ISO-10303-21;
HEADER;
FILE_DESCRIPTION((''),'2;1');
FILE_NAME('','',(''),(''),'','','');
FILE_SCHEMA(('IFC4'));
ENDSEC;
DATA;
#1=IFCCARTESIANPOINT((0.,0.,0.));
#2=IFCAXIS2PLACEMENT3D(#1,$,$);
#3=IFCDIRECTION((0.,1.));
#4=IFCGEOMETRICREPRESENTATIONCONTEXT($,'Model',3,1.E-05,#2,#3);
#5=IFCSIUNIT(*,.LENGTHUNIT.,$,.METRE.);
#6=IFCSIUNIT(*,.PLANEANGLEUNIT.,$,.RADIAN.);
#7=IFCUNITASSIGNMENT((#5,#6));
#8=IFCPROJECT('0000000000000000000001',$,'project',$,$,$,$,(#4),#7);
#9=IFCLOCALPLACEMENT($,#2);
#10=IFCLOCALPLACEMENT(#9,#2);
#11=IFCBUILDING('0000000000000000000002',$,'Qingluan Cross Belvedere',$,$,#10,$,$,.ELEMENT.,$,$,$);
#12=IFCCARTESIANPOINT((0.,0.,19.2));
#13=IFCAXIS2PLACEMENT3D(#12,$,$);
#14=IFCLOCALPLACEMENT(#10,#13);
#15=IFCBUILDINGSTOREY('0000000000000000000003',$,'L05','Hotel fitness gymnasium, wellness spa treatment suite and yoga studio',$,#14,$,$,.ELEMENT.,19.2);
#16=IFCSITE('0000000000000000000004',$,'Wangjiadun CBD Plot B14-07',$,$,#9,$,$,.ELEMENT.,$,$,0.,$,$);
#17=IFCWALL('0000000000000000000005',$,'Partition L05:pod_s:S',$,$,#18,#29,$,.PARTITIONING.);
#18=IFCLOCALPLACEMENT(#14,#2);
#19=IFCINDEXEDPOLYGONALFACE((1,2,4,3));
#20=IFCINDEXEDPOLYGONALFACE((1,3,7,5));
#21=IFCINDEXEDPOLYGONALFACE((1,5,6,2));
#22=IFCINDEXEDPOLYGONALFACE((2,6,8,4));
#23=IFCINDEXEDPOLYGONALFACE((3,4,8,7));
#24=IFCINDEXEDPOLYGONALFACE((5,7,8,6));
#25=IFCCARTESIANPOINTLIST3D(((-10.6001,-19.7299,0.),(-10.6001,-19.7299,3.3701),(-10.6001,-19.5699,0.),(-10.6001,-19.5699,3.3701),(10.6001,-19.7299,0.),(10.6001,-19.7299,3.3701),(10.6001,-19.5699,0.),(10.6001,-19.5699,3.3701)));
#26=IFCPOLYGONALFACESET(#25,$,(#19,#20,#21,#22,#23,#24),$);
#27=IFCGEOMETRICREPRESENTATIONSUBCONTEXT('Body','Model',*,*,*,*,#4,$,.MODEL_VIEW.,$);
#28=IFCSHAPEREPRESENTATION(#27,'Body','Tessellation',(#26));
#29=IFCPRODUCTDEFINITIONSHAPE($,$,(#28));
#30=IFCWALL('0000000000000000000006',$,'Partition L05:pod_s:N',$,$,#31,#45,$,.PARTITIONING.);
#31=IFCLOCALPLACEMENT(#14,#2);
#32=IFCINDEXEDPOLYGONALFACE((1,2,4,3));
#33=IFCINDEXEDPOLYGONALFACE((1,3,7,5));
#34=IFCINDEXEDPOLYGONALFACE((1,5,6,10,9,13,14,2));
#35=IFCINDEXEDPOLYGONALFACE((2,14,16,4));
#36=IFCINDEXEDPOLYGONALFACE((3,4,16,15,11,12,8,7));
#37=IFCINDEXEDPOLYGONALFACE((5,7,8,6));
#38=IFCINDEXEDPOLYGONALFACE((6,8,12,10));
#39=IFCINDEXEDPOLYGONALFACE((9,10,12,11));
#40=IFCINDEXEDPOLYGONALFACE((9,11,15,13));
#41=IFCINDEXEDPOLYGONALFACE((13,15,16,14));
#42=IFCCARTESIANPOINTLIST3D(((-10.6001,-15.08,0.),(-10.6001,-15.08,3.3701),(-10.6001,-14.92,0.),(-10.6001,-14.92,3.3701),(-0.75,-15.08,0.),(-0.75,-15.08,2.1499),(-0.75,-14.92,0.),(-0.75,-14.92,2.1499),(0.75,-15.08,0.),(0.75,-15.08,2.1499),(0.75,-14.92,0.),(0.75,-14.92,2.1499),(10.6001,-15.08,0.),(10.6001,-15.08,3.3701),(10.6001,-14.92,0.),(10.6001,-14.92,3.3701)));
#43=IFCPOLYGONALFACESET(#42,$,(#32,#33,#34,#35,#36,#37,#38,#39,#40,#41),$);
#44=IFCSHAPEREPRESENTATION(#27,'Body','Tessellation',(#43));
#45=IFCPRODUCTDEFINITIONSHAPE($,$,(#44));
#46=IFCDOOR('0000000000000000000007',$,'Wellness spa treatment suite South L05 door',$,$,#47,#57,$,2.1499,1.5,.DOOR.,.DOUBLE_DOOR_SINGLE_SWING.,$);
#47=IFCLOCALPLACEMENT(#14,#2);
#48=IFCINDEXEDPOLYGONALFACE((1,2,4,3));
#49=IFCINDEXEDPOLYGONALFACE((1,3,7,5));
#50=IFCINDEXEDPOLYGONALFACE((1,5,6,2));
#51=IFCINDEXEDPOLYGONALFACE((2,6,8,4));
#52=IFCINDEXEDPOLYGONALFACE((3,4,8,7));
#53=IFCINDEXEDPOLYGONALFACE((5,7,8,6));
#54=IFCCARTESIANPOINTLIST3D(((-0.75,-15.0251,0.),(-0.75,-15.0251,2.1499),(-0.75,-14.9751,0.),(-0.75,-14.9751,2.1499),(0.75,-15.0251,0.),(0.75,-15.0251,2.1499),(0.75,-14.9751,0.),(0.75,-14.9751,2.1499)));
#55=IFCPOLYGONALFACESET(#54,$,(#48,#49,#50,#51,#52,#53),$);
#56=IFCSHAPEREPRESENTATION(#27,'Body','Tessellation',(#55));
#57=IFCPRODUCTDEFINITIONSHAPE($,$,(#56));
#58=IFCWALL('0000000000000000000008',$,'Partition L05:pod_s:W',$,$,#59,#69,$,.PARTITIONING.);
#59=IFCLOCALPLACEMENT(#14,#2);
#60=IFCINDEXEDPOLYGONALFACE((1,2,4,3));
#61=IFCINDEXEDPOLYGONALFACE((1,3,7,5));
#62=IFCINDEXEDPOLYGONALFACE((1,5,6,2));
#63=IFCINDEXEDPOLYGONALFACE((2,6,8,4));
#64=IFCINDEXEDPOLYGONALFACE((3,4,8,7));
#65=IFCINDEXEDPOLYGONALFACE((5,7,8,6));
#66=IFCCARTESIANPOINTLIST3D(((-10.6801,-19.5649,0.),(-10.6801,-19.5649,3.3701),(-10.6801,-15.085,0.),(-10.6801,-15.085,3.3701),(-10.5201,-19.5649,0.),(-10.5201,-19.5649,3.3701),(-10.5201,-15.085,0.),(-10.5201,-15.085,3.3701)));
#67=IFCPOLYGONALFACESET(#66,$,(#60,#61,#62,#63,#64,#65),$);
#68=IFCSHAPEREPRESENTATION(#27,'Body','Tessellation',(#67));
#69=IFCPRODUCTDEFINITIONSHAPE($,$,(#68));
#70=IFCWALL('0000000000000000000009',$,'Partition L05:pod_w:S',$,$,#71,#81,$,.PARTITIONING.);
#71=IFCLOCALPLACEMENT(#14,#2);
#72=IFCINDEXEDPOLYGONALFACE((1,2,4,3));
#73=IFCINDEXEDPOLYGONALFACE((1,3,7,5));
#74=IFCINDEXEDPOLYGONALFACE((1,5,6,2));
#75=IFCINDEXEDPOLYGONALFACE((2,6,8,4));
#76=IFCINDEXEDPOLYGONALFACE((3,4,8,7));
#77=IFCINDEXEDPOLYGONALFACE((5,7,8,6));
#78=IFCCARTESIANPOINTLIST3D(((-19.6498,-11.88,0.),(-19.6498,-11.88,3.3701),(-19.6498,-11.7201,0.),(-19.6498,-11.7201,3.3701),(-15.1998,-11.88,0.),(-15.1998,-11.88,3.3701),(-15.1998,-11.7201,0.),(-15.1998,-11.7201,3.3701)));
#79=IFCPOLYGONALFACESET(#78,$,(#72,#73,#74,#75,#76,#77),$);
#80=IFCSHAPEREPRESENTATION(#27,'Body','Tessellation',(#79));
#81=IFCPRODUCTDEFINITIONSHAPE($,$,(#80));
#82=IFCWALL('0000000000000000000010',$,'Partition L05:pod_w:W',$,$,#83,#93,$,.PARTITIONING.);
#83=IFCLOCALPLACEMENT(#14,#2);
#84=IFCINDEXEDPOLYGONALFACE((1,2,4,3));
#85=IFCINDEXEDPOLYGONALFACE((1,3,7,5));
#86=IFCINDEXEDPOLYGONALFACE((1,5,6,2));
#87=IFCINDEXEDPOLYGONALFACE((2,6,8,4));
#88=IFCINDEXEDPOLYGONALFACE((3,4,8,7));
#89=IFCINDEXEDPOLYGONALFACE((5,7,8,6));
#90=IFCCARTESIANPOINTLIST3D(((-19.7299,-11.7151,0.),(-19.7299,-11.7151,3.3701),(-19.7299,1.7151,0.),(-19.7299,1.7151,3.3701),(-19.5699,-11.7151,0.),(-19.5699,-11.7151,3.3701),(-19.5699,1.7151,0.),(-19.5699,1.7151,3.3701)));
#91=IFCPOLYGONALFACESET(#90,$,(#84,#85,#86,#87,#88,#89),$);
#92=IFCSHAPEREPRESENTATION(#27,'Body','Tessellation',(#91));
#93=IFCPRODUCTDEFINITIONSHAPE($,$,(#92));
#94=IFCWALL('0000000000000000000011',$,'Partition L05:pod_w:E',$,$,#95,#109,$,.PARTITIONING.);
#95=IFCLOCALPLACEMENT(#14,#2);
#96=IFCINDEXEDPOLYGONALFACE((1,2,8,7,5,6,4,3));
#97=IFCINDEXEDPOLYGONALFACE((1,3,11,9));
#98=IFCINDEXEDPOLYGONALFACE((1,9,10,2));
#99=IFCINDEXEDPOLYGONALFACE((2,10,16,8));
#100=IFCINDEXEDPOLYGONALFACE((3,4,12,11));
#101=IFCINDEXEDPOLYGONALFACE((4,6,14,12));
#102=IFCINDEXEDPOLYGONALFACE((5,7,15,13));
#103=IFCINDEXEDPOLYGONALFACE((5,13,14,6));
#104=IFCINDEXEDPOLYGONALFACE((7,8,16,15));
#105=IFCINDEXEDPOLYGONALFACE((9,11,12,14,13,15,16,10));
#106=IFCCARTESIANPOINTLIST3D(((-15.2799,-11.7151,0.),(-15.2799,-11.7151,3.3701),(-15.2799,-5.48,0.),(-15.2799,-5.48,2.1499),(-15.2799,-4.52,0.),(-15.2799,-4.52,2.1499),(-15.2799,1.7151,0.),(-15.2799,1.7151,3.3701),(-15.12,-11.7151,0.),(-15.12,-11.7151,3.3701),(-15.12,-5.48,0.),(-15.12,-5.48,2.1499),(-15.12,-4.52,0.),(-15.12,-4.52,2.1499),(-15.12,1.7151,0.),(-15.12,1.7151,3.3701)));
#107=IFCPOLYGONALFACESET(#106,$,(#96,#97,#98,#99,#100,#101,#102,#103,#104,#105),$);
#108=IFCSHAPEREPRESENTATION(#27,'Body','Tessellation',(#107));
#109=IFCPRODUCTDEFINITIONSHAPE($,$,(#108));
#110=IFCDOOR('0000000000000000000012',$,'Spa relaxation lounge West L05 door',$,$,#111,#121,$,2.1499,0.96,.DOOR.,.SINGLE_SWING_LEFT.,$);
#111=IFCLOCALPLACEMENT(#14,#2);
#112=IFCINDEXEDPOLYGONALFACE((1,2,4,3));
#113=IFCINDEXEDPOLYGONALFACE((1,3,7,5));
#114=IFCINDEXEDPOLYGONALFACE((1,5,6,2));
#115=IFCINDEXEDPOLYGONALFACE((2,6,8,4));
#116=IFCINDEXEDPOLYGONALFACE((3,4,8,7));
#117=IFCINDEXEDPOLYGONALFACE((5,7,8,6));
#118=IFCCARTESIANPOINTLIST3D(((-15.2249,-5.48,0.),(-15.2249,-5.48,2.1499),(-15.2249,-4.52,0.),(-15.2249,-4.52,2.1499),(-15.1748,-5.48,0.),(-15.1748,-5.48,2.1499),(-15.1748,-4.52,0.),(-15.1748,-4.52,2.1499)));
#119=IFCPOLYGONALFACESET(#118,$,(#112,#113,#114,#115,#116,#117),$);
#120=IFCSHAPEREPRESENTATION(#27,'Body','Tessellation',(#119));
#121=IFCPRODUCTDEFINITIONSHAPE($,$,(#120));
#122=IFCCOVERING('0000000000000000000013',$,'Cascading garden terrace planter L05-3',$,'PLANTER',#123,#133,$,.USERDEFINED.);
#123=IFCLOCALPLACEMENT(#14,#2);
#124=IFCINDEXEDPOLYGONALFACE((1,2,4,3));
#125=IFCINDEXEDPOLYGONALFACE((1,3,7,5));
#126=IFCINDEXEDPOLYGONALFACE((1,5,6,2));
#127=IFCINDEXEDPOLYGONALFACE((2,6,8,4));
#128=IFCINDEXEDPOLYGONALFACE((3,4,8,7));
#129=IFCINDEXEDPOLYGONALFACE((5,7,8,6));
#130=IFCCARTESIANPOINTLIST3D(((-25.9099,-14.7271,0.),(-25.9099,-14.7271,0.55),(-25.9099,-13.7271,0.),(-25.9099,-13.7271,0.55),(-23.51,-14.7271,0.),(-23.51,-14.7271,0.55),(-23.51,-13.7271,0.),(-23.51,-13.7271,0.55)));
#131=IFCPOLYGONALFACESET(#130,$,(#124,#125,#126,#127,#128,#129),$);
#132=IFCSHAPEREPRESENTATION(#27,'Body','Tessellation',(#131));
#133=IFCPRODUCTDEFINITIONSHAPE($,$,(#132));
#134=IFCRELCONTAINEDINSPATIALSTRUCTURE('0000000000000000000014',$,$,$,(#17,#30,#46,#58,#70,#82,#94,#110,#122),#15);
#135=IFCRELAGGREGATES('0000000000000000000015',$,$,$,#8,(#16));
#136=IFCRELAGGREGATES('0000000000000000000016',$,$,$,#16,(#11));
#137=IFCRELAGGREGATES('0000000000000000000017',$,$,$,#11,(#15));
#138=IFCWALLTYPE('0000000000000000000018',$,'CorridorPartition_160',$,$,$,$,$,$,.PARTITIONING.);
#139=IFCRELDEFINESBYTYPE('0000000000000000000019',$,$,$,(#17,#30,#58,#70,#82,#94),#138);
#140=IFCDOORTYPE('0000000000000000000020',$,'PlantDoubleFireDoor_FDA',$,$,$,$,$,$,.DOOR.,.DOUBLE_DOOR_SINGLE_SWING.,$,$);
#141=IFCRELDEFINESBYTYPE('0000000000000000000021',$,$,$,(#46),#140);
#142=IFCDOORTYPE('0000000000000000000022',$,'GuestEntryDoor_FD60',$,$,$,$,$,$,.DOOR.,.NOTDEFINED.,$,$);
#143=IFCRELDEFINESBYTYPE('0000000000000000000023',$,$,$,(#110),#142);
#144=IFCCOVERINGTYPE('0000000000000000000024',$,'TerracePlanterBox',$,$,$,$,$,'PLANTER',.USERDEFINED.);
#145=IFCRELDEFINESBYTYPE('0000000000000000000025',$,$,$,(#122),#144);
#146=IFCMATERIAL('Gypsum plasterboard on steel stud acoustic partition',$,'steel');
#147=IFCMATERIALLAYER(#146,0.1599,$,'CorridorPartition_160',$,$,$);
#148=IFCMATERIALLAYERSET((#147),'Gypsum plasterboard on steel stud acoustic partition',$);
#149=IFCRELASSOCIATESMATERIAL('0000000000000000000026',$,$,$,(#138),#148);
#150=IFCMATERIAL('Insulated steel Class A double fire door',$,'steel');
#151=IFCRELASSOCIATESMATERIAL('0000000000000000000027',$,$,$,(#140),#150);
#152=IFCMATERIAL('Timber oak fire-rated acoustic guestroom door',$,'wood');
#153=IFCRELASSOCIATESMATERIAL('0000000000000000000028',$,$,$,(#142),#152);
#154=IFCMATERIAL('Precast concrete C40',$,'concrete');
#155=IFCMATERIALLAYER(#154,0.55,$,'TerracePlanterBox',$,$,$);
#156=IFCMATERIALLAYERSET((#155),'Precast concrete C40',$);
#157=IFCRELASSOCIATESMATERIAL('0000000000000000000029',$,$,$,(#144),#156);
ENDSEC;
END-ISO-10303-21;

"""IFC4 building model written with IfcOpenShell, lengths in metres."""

from ifc_helpers import new_model, si_unit, direction, frame, frame_2d, origin, origin_2d, place, context, subcontext, project, spatial, rectangle, extrude, material, layer, layer_set, type_object, element, fill, save


model = new_model("IFC4")

# Units and contexts
model_context = context("Model", 3, precision=1e-05, world=origin(), true_north=direction((0.0, 1.0)))
body_context = subcontext(model_context, "Body", "Model", "MODEL_VIEW")
ifc_project = project(units=[si_unit("LENGTHUNIT", "METRE"), si_unit("PLANEANGLEUNIT", "RADIAN")], contexts=[model_context])

# Site, building, storey
site_placement = place(None, origin())
site = spatial("IfcSite", under=ifc_project, at=site_placement, Name="Wangjiadun CBD Plot B14-07", CompositionType="ELEMENT", RefElevation=0.0)
building_placement = place(site_placement, origin())
building = spatial("IfcBuilding", under=site, at=building_placement, Name="Qingluan Cross Belvedere", CompositionType="ELEMENT")
storey_placement = place(building_placement, frame((0.0, 0.0, 19.2)))
storey = spatial("IfcBuildingStorey", under=building, at=storey_placement, Name="L05", Description="Hotel fitness gymnasium, wellness spa treatment suite and yoga studio", CompositionType="ELEMENT", Elevation=19.2)

# Wall
ifc_material_1 = material(Name="Gypsum plasterboard on steel stud acoustic partition", Category="steel")
ifc_layer_1 = layer(ifc_material_1, 0.1599, Name="CorridorPartition_160")
ifc_layer_set_1 = layer_set([ifc_layer_1], Name="Gypsum plasterboard on steel stud acoustic partition")
wall_type = type_object("IfcWallType", Name="CorridorPartition_160", PredefinedType="PARTITIONING", material=ifc_layer_set_1)
wall_1_placement = place(storey_placement, frame((-10.6001, -19.6499, 0.0), z_axis=(0.0, 0.0, 1.0), x_axis=(1.0, 0.0, 0.0)))
element("IfcWall", 1, at=wall_1_placement, inside=storey, type_object=wall_type, Name="Partition L05:pod_s:S", PredefinedType="PARTITIONING", context=body_context, shape_type="SweptSolid", body=[
    extrude(rectangle(XDim=21.2002, YDim=0.1599, at=frame_2d((10.6001, 0.0))), origin(), (0.0, 0.0, 1.0), 3.3701),
])

# Wall, opening, door
wall_2_placement = place(storey_placement, frame((-10.6001, -15.0, 0.0), z_axis=(0.0, 0.0, 1.0), x_axis=(1.0, 0.0, 0.0)))
wall_2 = element("IfcWall", 2, at=wall_2_placement, inside=storey, type_object=wall_type, Name="Partition L05:pod_s:N", PredefinedType="PARTITIONING", context=body_context, shape_type="SweptSolid", body=[
    extrude(rectangle(XDim=21.2002, YDim=0.1599, at=frame_2d((10.6001, 0.0))), origin(), (0.0, 0.0, 1.0), 3.3701),
])
opening_1_placement = place(wall_2_placement, frame((9.8501, 0.0, 0.0)))
opening_1 = element("IfcOpeningElement", 3, at=opening_1_placement, cuts=wall_2, PredefinedType="OPENING", context=body_context, shape_type="SweptSolid", body=[
    extrude(rectangle(XDim=1.5, YDim=2.1499, at=frame_2d((0.75, 1.075))), frame((0.0, 0.0898, 0.0), z_axis=(0.0, -1.0, 0.0), x_axis=(1.0, 0.0, 0.0)), (0.0, 0.0, 1.0), 0.1799),
])
ifc_material_2 = material(Name="Insulated steel Class A double fire door", Category="steel")
door_type_1 = type_object("IfcDoorType", Name="PlantDoubleFireDoor_FDA", OperationType="DOUBLE_DOOR_SINGLE_SWING", PredefinedType="DOOR", material=ifc_material_2)
door_1_placement = place(opening_1_placement, origin())
door_1 = element("IfcDoor", 4, at=door_1_placement, inside=storey, type_object=door_type_1, Name="Wellness spa treatment suite South L05 door", OperationType="DOUBLE_DOOR_SINGLE_SWING", OverallHeight=2.1499, OverallWidth=1.5, PredefinedType="DOOR", context=body_context, shape_type="SweptSolid", body=[
    extrude(rectangle(XDim=1.5, YDim=2.1499, at=frame_2d((0.75, 1.075))), frame((0.0, 0.0249, 0.0), z_axis=(0.0, -1.0, 0.0), x_axis=(1.0, 0.0, 0.0)), (0.0, 0.0, 1.0), 0.05),
])
fill(opening_1, door_1)

# Walls
wall_3_placement = place(storey_placement, frame((-10.6001, -19.5649, 0.0), z_axis=(0.0, 0.0, 1.0), x_axis=(0.0, 1.0, 0.0)))
element("IfcWall", 5, at=wall_3_placement, inside=storey, type_object=wall_type, Name="Partition L05:pod_s:W", PredefinedType="PARTITIONING", context=body_context, shape_type="SweptSolid", body=[
    extrude(rectangle(XDim=4.48, YDim=0.1599, at=frame_2d((2.24, 0.0))), origin(), (0.0, 0.0, 1.0), 3.3701),
])
wall_4_placement = place(storey_placement, frame((-19.6499, -11.8, 0.0), z_axis=(0.0, 0.0, 1.0), x_axis=(1.0, 0.0, 0.0)))
element("IfcWall", 6, at=wall_4_placement, inside=storey, type_object=wall_type, Name="Partition L05:pod_w:S", PredefinedType="PARTITIONING", context=body_context, shape_type="SweptSolid", body=[
    extrude(rectangle(XDim=4.45, YDim=0.1599, at=frame_2d((2.2251, 0.0))), origin(), (0.0, 0.0, 1.0), 3.3701),
])
wall_5_placement = place(storey_placement, frame((-19.6499, -11.7151, 0.0), z_axis=(0.0, 0.0, 1.0), x_axis=(0.0, 1.0, 0.0)))
element("IfcWall", 7, at=wall_5_placement, inside=storey, type_object=wall_type, Name="Partition L05:pod_w:W", PredefinedType="PARTITIONING", context=body_context, shape_type="SweptSolid", body=[
    extrude(rectangle(XDim=13.4302, YDim=0.1599, at=frame_2d((6.7151, 0.0))), origin(), (0.0, 0.0, 1.0), 3.3701),
])

# Wall, opening, door
wall_6_placement = place(storey_placement, frame((-15.2, -11.7151, 0.0), z_axis=(0.0, 0.0, 1.0), x_axis=(0.0, 1.0, 0.0)))
wall_6 = element("IfcWall", 8, at=wall_6_placement, inside=storey, type_object=wall_type, Name="Partition L05:pod_w:E", PredefinedType="PARTITIONING", context=body_context, shape_type="SweptSolid", body=[
    extrude(rectangle(XDim=13.4302, YDim=0.1599, at=frame_2d((6.7151, 0.0))), origin(), (0.0, 0.0, 1.0), 3.3701),
])
opening_2_placement = place(wall_6_placement, frame((6.2351, 0.0, 0.0)))
opening_2 = element("IfcOpeningElement", 9, at=opening_2_placement, cuts=wall_6, PredefinedType="OPENING", context=body_context, shape_type="SweptSolid", body=[
    extrude(rectangle(XDim=0.96, YDim=2.1499, at=frame_2d((0.48, 1.075))), frame((0.0, 0.0898, 0.0), z_axis=(0.0, -1.0, 0.0), x_axis=(1.0, 0.0, 0.0)), (0.0, 0.0, 1.0), 0.1799),
])
ifc_material_3 = material(Name="Timber oak fire-rated acoustic guestroom door", Category="wood")
door_type_2 = type_object("IfcDoorType", Name="GuestEntryDoor_FD60", OperationType="NOTDEFINED", PredefinedType="DOOR", material=ifc_material_3)
door_2_placement = place(opening_2_placement, origin())
door_2 = element("IfcDoor", 10, at=door_2_placement, inside=storey, type_object=door_type_2, Name="Spa relaxation lounge West L05 door", OperationType="SINGLE_SWING_LEFT", OverallHeight=2.1499, OverallWidth=0.96, PredefinedType="DOOR", context=body_context, shape_type="SweptSolid", body=[
    extrude(rectangle(XDim=0.96, YDim=2.1499, at=frame_2d((0.48, 1.075))), frame((0.0, 0.0249, 0.0), z_axis=(0.0, -1.0, 0.0), x_axis=(1.0, 0.0, 0.0)), (0.0, 0.0, 1.0), 0.05),
])
fill(opening_2, door_2)

# Covering
ifc_material_4 = material(Name="Precast concrete C40", Category="concrete")
ifc_layer_2 = layer(ifc_material_4, 0.55, Name="TerracePlanterBox")
ifc_layer_set_2 = layer_set([ifc_layer_2], Name="Precast concrete C40")
covering_type = type_object("IfcCoveringType", Name="TerracePlanterBox", ElementType="PLANTER", PredefinedType="USERDEFINED", material=ifc_layer_set_2)
covering_placement = place(storey_placement, frame((-24.71, -14.2271, 0.0), z_axis=(0.0, 0.0, 1.0), x_axis=(1.0, 0.0, 0.0)))
element("IfcCovering", 11, at=covering_placement, inside=storey, type_object=covering_type, Name="Cascading garden terrace planter L05-3", ObjectType="PLANTER", PredefinedType="USERDEFINED", context=body_context, shape_type="SweptSolid", body=[
    extrude(rectangle(XDim=2.3999, YDim=1.0, at=origin_2d()), origin(), (0.0, 0.0, 1.0), 0.55),
])

save(model, "model.ifc")
